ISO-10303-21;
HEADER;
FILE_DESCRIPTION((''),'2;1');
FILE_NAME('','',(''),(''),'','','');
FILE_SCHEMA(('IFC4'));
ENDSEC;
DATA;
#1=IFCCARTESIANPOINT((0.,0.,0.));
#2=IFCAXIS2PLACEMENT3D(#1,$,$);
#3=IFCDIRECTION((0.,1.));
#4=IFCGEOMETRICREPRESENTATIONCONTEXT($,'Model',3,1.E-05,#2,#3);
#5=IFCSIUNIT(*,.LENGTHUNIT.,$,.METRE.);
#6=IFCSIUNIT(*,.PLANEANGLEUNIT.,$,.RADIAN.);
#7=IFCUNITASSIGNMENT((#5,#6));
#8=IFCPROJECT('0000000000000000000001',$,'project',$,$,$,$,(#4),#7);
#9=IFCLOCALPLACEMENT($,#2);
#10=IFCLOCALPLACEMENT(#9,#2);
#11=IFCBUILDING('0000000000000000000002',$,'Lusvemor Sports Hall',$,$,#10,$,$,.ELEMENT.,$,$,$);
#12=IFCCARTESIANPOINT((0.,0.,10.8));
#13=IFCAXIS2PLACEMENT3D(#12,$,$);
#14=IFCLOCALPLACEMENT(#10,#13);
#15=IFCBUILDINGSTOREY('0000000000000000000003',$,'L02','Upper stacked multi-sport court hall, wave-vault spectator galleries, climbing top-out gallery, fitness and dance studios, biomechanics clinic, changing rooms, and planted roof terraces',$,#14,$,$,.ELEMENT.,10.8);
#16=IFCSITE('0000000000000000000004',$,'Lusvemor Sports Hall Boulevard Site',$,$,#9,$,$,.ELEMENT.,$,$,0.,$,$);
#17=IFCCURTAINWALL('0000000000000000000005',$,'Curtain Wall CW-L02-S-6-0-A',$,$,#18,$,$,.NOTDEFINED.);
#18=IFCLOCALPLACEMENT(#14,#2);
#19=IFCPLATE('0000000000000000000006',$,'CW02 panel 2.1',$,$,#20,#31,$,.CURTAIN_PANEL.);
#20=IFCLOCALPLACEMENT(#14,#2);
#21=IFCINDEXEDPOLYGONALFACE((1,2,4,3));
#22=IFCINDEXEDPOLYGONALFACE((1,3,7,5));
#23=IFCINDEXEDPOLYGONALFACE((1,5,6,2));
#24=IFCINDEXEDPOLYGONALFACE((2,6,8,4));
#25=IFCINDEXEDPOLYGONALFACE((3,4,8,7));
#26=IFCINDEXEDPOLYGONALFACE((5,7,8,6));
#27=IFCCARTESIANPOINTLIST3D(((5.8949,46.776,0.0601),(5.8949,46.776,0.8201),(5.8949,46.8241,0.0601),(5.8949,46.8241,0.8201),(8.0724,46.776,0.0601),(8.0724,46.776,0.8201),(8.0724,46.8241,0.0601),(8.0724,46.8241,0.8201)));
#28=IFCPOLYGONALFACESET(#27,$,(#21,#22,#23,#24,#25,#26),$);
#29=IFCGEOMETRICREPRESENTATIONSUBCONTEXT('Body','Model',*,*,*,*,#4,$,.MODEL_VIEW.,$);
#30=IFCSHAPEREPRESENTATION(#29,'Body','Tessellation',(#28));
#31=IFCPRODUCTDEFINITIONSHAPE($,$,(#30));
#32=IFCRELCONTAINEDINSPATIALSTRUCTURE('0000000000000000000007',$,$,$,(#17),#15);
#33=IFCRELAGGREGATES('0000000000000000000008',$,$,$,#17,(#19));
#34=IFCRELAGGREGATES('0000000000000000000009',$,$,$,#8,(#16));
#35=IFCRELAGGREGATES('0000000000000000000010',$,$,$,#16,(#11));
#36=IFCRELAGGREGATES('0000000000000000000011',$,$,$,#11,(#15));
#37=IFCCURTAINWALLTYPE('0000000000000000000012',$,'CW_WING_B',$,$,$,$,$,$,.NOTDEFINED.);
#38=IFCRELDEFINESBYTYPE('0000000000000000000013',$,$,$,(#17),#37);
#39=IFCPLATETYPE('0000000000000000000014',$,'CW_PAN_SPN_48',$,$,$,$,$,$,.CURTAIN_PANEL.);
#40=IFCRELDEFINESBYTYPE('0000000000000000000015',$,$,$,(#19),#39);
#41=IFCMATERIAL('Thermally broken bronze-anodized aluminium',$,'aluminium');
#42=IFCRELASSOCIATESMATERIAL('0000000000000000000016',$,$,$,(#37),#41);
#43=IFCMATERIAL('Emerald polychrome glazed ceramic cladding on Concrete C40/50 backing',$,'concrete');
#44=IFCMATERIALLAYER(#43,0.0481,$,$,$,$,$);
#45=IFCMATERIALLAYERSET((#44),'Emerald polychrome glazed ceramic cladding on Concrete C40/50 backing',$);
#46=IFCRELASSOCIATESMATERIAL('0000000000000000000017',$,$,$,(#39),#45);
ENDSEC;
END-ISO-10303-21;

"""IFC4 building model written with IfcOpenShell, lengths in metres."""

from ifc_helpers import new_model, si_unit, direction, frame, origin, origin_2d, place, context, subcontext, project, spatial, rectangle, extrude, material, layer, layer_set, type_object, element, aggregate, save


model = new_model("IFC4")

# Units and contexts
model_context = context("Model", 3, precision=1e-05, world=origin(), true_north=direction((0.0, 1.0)))
body_context = subcontext(model_context, "Body", "Model", "MODEL_VIEW")
ifc_project = project(units=[si_unit("LENGTHUNIT", "METRE"), si_unit("PLANEANGLEUNIT", "RADIAN")], contexts=[model_context])

# Site, building, storey
site_placement = place(None, origin())
site = spatial("IfcSite", under=ifc_project, at=site_placement, Name="Lusvemor Sports Hall Boulevard Site", CompositionType="ELEMENT", RefElevation=0.0)
building_placement = place(site_placement, origin())
building = spatial("IfcBuilding", under=site, at=building_placement, Name="Lusvemor Sports Hall", CompositionType="ELEMENT")
storey_placement = place(building_placement, frame((0.0, 0.0, 10.8)))
storey = spatial("IfcBuildingStorey", under=building, at=storey_placement, Name="L02", Description="Upper stacked multi-sport court hall, wave-vault spectator galleries, climbing top-out gallery, fitness and dance studios, biomechanics clinic, changing rooms, and planted roof terraces", CompositionType="ELEMENT", Elevation=10.8)

# Curtain wall
ifc_material_1 = material(Name="Thermally broken bronze-anodized aluminium", Category="aluminium")
curtain_wall_type = type_object("IfcCurtainWallType", Name="CW_WING_B", PredefinedType="NOTDEFINED", material=ifc_material_1)
curtain_wall_1_placement = place(storey_placement, origin())
curtain_wall_1 = element("IfcCurtainWall", 1, at=curtain_wall_1_placement, inside=storey, type_object=curtain_wall_type, Name="Curtain Wall CW-L02-S-6-0-A", PredefinedType="NOTDEFINED")

# Plate
ifc_material_2 = material(Name="Emerald polychrome glazed ceramic cladding on Concrete C40/50 backing", Category="concrete")
ifc_layer_1 = layer(ifc_material_2, 0.0481)
ifc_layer_set_1 = layer_set([ifc_layer_1], Name="Emerald polychrome glazed ceramic cladding on Concrete C40/50 backing")
plate_type_1 = type_object("IfcPlateType", Name="CW_PAN_SPN_48", PredefinedType="CURTAIN_PANEL", material=ifc_layer_set_1)
plate_1_placement = place(storey_placement, frame((6.9836, 46.8, 0.0601), z_axis=(0.0, 0.0, 1.0), x_axis=(-1.0, 0.0, 0.0)))
plate_1 = element("IfcPlate", 2, at=plate_1_placement, type_object=plate_type_1, Name="CW02 panel 2.1", PredefinedType="CURTAIN_PANEL", context=body_context, shape_type="SweptSolid", body=[
    extrude(rectangle(XDim=2.1775, YDim=0.0481, at=origin_2d()), origin(), (0.0, 0.0, 1.0), 0.76),
])
aggregate(curtain_wall_1, [plate_1])

save(model, "model.ifc")
